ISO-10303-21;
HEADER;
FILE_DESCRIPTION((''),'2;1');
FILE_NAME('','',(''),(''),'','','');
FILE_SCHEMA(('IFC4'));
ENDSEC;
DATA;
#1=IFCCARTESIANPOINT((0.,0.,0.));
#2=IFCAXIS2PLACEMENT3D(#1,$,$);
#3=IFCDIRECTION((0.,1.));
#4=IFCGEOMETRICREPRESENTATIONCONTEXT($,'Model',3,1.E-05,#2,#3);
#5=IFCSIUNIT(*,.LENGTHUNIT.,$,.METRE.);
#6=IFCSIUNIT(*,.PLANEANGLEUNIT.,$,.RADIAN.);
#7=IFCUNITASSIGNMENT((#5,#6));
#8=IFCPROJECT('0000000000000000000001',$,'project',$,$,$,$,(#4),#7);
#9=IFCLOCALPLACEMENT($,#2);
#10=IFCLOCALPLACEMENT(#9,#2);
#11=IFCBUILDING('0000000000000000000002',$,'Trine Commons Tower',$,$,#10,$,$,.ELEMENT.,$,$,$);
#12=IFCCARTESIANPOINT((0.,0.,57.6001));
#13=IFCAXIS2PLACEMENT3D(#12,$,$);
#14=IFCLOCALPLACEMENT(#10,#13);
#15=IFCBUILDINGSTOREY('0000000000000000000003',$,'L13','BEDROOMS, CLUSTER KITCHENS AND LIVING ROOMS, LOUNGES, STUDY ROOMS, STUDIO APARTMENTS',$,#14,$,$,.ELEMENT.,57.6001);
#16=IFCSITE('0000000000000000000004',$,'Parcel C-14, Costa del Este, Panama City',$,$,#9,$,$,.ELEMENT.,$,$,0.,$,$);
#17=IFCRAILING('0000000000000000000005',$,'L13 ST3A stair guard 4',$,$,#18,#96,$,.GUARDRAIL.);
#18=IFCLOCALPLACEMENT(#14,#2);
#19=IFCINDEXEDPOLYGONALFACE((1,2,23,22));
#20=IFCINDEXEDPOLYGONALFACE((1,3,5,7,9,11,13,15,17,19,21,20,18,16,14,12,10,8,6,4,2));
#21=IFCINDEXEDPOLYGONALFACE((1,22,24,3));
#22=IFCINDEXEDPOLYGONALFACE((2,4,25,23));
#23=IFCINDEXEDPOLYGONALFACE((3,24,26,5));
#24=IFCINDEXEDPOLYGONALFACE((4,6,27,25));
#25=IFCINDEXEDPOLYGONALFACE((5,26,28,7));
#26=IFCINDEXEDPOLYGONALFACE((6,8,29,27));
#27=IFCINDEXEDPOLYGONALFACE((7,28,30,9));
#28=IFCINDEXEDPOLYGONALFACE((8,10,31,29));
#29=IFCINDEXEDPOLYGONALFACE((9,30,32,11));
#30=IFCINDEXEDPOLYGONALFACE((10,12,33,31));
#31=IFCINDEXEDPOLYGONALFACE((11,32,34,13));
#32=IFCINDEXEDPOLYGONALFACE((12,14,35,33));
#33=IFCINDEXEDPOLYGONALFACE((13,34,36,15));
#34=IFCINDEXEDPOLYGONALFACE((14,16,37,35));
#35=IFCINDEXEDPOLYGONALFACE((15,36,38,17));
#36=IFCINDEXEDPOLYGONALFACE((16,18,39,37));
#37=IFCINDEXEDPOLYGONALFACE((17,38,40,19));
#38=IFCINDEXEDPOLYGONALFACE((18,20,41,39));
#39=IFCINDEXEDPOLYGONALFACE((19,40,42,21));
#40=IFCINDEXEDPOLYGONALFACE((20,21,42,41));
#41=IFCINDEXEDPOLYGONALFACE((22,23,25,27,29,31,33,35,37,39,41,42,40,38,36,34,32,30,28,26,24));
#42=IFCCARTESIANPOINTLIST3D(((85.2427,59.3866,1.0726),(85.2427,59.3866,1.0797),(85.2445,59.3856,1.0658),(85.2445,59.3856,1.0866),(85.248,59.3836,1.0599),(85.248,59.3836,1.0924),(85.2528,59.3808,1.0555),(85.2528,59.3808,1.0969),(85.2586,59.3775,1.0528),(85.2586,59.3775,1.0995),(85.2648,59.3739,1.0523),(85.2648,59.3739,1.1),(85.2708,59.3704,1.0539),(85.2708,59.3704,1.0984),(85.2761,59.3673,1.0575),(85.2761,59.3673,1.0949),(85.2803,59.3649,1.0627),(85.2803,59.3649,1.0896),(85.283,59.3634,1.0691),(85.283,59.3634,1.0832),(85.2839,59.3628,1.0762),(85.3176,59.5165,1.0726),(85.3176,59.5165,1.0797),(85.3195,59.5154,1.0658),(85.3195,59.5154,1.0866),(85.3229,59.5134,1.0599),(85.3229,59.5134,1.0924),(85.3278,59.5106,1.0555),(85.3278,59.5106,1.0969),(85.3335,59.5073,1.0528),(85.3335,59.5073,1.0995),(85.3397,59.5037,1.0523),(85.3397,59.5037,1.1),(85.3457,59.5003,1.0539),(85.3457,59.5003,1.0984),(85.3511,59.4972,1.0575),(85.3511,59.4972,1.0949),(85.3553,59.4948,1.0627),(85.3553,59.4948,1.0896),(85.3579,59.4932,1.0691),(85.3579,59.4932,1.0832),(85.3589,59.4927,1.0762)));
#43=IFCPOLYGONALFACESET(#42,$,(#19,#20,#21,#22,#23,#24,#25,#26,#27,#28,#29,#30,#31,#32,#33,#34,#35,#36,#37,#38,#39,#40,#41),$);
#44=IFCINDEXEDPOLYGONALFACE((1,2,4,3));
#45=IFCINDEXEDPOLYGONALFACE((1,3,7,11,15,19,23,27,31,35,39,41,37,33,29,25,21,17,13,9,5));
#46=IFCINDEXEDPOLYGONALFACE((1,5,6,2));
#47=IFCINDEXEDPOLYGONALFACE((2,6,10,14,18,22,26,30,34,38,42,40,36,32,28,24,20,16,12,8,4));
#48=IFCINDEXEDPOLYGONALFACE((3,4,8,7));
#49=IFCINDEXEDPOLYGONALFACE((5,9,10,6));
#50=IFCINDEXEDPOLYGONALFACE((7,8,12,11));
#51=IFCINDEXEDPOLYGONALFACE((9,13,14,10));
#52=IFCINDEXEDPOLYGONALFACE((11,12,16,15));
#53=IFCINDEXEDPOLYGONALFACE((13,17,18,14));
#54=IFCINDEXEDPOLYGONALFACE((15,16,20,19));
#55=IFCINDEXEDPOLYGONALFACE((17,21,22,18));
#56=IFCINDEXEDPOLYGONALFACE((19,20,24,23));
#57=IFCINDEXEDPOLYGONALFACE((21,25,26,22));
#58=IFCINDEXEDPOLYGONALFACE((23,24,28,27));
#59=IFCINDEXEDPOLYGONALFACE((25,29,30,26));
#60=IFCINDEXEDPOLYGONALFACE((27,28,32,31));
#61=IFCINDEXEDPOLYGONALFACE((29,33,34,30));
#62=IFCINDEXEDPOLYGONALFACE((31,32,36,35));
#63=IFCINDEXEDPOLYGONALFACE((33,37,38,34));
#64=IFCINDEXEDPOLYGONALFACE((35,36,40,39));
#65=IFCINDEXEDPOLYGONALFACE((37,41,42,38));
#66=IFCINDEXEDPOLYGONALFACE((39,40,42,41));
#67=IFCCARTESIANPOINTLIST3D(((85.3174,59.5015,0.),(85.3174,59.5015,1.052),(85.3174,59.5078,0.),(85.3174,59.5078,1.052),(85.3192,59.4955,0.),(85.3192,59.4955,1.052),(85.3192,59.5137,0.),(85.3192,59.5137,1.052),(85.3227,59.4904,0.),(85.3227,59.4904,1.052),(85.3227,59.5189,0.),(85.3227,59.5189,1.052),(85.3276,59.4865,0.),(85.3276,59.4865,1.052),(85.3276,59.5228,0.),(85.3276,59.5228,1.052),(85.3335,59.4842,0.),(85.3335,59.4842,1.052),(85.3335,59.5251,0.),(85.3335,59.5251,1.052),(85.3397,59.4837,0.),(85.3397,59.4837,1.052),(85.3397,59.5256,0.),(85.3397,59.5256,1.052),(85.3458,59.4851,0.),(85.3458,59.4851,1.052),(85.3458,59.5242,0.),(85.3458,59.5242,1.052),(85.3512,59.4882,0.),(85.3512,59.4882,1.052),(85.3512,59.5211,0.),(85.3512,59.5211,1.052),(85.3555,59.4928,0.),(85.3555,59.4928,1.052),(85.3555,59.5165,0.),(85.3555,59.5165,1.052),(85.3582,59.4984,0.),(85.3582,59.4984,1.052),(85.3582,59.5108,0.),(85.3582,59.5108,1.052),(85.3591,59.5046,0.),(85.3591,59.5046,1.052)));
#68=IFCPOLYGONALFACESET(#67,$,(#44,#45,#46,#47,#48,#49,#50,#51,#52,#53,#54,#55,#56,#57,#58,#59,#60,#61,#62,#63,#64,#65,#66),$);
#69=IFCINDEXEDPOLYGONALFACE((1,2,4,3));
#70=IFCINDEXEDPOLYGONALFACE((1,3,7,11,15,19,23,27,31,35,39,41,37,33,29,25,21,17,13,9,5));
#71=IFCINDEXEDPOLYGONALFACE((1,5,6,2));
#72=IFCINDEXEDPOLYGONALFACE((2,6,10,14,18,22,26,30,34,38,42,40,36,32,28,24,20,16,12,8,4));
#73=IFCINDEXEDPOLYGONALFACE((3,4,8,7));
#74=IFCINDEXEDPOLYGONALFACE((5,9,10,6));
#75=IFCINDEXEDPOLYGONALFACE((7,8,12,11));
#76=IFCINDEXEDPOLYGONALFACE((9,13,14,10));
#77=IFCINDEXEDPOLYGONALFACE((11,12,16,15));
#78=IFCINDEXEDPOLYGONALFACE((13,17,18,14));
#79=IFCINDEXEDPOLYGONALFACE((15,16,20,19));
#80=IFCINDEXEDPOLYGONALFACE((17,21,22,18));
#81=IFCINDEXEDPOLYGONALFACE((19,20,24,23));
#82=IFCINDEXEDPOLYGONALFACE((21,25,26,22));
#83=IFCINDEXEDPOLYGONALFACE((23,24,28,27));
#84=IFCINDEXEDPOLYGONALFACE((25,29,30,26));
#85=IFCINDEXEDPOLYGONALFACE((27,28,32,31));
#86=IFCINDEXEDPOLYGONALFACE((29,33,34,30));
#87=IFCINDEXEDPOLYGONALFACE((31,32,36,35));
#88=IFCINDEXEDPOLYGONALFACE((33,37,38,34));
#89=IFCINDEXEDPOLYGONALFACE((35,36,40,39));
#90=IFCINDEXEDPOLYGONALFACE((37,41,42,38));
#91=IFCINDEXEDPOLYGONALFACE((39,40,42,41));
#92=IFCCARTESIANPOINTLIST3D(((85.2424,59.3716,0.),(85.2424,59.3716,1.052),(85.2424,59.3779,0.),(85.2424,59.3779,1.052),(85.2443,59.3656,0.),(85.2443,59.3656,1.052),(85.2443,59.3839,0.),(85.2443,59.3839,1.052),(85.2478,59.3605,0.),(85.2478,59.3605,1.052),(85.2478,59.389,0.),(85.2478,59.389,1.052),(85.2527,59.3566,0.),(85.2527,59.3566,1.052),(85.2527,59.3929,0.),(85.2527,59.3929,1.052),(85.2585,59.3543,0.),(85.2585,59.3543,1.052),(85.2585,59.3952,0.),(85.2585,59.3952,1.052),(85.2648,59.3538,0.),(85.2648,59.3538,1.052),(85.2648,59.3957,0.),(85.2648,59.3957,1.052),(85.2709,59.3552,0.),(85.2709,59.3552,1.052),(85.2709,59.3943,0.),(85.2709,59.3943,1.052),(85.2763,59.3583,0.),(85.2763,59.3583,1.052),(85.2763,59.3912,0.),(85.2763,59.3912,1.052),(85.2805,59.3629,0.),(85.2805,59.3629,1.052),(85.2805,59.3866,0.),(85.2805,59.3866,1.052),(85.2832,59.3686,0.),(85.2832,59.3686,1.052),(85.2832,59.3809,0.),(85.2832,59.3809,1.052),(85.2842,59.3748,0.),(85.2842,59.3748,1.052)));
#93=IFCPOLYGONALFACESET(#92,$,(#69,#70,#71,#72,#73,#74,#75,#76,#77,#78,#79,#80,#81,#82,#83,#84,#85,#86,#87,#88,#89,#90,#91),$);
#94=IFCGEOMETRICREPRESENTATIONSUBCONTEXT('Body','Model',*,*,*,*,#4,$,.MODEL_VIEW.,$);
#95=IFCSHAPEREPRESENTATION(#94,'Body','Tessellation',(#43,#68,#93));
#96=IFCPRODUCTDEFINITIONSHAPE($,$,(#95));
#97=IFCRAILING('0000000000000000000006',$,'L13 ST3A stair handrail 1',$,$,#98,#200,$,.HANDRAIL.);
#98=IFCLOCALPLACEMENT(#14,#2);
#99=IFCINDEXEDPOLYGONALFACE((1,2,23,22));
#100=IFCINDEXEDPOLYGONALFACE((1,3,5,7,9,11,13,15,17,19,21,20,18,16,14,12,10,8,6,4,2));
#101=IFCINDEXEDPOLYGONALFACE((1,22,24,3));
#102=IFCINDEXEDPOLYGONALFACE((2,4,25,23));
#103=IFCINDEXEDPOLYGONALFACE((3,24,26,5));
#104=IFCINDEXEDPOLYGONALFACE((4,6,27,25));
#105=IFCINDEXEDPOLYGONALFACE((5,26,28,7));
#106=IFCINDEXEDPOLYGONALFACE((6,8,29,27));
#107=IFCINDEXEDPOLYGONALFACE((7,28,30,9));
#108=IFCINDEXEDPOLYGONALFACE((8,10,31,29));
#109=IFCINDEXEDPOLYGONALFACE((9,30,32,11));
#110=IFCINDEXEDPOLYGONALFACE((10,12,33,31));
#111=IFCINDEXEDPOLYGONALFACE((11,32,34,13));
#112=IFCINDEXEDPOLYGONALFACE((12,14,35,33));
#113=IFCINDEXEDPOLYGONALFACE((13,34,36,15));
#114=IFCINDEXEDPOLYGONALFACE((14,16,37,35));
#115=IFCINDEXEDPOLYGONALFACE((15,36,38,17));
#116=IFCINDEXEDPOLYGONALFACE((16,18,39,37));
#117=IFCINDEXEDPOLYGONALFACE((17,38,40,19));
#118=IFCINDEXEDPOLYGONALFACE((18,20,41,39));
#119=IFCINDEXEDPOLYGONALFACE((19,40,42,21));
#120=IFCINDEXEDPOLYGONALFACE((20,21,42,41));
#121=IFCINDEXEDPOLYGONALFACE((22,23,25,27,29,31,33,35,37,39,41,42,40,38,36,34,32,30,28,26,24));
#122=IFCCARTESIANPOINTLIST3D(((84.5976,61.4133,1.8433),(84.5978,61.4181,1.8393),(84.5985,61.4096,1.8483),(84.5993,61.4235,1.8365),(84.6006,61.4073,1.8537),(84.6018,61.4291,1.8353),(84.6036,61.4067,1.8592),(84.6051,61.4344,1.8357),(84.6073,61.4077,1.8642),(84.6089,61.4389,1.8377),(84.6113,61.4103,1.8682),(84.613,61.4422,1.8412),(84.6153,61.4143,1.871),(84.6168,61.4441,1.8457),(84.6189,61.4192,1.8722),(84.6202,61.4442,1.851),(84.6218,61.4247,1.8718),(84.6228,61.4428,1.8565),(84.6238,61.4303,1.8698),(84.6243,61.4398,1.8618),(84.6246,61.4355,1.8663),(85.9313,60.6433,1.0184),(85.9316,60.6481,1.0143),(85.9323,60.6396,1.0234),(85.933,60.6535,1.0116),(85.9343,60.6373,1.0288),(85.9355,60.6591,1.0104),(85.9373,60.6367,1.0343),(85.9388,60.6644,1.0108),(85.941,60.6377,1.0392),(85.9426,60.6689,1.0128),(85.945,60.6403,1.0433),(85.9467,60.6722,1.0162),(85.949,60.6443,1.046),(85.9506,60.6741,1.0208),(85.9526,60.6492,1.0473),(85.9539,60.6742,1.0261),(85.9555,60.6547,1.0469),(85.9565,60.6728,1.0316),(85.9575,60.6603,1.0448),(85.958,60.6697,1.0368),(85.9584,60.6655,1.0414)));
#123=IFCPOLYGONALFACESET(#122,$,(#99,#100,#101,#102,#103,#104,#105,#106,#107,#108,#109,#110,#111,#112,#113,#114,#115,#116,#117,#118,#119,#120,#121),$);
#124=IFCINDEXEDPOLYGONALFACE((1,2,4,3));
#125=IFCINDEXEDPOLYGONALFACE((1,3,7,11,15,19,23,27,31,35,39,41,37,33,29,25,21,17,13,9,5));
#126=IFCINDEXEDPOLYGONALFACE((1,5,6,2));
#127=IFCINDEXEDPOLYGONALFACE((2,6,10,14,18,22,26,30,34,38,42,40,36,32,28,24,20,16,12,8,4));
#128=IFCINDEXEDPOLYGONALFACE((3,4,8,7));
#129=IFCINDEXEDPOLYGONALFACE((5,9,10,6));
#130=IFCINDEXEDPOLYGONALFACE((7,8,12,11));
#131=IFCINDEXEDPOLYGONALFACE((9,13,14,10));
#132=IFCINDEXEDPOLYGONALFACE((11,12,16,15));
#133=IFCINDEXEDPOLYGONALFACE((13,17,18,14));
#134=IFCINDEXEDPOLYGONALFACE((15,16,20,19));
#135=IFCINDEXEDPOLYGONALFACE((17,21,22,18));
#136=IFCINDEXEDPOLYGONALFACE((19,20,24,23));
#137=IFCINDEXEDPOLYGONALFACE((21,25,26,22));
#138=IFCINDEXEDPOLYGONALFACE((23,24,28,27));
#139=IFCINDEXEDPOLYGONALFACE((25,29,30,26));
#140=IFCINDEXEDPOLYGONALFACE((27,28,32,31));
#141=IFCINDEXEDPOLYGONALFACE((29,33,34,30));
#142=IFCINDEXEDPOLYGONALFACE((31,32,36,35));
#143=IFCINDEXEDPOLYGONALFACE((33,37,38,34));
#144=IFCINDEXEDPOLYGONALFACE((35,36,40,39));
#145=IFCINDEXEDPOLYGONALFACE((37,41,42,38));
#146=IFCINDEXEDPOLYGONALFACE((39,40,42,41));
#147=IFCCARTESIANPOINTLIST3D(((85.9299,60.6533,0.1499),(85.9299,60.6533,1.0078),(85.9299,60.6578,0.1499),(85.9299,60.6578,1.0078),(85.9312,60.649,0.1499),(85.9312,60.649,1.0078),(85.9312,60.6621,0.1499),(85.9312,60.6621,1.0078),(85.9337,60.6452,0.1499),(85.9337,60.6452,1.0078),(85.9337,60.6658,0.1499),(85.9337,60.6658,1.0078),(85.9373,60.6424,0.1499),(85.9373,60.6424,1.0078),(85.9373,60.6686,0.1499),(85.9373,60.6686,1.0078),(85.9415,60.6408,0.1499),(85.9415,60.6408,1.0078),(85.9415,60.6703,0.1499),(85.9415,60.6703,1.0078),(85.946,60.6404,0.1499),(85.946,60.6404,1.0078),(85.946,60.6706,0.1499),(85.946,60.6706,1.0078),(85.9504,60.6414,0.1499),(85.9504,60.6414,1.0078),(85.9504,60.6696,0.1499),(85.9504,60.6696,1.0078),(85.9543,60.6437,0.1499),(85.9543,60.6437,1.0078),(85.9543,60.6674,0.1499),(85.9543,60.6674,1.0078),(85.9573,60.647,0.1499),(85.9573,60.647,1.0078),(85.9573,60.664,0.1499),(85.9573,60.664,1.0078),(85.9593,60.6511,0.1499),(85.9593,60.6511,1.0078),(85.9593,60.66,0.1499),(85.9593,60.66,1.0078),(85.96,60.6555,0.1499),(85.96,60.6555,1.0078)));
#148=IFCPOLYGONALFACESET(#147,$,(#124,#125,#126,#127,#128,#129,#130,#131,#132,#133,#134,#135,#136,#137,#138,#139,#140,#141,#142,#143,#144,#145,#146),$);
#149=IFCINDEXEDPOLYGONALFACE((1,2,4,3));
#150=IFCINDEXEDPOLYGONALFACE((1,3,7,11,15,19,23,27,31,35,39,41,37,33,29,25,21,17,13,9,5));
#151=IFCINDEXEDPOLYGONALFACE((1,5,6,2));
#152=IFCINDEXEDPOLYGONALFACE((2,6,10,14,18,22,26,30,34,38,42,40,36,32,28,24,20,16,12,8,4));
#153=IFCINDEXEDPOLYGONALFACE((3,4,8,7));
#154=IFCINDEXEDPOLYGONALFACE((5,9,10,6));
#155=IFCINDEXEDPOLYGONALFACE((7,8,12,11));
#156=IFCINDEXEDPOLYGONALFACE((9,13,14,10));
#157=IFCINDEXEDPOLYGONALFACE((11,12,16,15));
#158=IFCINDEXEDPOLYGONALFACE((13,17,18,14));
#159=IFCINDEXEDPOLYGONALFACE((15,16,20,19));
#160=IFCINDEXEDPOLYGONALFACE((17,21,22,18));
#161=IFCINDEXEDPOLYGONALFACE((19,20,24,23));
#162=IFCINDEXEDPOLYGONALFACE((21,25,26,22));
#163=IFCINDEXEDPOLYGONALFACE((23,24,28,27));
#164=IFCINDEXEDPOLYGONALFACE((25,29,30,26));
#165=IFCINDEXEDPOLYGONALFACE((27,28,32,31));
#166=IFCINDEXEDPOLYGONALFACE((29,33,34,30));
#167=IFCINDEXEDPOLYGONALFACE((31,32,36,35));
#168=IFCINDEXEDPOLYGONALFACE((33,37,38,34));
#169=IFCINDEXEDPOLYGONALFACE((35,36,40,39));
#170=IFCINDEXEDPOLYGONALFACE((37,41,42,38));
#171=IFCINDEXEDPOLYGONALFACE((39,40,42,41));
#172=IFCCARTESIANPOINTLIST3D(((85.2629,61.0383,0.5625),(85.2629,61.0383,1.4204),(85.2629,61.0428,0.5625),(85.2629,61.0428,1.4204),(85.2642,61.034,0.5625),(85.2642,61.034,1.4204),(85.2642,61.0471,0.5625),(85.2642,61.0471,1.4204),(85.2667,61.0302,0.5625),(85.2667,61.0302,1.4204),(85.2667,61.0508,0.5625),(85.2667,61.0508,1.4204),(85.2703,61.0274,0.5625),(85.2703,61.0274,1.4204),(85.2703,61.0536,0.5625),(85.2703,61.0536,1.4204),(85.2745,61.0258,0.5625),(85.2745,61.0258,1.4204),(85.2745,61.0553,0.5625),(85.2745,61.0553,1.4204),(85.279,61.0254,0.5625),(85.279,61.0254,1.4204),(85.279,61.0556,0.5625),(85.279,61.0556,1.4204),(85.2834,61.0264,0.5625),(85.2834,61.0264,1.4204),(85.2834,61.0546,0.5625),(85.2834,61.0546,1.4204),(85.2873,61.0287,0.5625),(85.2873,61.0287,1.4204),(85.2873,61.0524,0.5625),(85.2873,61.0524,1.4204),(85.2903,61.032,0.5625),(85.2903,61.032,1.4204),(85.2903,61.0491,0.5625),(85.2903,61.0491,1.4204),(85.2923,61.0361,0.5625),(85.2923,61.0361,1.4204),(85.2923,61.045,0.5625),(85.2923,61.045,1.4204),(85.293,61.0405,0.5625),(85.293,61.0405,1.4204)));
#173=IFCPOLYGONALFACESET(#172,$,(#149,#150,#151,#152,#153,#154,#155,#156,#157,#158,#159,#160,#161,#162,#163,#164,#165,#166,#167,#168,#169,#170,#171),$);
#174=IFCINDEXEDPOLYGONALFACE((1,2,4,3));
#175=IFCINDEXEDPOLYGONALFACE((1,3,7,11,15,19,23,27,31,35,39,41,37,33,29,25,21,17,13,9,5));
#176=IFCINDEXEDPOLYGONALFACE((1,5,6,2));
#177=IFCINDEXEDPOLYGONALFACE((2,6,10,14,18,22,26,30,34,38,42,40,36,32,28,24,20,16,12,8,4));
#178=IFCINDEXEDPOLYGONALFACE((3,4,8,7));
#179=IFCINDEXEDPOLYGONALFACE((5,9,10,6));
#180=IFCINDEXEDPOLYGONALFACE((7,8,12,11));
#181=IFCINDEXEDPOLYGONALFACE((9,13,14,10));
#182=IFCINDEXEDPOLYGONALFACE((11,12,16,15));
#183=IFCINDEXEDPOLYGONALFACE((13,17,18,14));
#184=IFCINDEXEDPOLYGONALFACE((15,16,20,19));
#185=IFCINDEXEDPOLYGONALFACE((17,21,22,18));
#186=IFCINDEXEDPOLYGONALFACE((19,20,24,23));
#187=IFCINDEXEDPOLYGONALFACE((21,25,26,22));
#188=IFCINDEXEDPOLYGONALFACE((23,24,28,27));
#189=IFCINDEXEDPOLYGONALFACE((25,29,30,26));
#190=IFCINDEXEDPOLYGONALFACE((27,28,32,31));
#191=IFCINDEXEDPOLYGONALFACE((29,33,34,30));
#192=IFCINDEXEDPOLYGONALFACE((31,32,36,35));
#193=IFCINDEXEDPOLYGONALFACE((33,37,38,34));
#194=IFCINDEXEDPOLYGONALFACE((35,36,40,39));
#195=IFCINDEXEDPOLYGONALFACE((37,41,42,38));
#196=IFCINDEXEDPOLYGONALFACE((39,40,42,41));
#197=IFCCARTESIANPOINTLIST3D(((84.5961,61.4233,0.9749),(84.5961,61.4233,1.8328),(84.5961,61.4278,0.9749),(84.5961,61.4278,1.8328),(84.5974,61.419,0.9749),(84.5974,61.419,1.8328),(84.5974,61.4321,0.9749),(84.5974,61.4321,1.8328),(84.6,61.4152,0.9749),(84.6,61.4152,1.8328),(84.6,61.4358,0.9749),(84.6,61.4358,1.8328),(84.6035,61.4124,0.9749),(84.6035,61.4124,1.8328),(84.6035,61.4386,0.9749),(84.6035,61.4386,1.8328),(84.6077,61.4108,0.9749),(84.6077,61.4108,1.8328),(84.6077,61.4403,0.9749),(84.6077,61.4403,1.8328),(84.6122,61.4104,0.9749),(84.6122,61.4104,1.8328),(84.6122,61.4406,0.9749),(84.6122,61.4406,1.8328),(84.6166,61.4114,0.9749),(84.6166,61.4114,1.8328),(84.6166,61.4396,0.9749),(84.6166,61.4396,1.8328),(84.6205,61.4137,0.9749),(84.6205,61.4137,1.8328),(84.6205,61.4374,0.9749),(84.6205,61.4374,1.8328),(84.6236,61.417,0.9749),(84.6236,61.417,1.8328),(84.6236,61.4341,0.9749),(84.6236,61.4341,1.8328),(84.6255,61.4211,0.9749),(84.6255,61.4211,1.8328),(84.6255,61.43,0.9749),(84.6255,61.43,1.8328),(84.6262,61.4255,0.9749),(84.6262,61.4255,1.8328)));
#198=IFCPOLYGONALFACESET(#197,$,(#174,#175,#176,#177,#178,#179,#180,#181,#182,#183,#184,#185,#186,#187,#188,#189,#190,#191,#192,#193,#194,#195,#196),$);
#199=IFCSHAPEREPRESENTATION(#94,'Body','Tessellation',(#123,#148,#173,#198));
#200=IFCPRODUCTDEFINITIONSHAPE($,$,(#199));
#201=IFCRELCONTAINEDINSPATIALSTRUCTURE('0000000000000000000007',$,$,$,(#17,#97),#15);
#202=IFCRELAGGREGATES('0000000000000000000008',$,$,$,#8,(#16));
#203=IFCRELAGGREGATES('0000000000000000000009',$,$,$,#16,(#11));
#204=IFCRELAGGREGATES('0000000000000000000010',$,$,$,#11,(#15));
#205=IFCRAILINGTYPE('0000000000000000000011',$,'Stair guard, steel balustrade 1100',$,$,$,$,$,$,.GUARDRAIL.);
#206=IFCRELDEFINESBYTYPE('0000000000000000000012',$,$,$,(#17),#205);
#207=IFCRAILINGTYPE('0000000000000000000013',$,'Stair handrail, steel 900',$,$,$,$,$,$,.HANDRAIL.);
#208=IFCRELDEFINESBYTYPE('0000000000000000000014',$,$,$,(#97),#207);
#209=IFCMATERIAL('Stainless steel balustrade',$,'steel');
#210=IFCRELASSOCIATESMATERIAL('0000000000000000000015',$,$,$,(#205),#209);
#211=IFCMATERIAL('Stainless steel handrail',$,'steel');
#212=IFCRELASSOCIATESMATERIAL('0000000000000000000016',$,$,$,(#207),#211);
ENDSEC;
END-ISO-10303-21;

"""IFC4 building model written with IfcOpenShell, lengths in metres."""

from ifc_helpers import new_model, si_unit, direction, frame, origin, origin_2d, place, context, subcontext, project, spatial, circle, extrude, material, type_object, element, save


model = new_model("IFC4")

# Units and contexts
model_context = context("Model", 3, precision=1e-05, world=origin(), true_north=direction((0.0, 1.0)))
body_context = subcontext(model_context, "Body", "Model", "MODEL_VIEW")
ifc_project = project(units=[si_unit("LENGTHUNIT", "METRE"), si_unit("PLANEANGLEUNIT", "RADIAN")], contexts=[model_context])

# Site, building, storey
site_placement = place(None, origin())
site = spatial("IfcSite", under=ifc_project, at=site_placement, Name="Parcel C-14, Costa del Este, Panama City", CompositionType="ELEMENT", RefElevation=0.0)
building_placement = place(site_placement, origin())
building = spatial("IfcBuilding", under=site, at=building_placement, Name="Trine Commons Tower", CompositionType="ELEMENT")
storey_placement = place(building_placement, frame((0.0, 0.0, 57.6001)))
storey = spatial("IfcBuildingStorey", under=building, at=storey_placement, Name="L13", Description="BEDROOMS, CLUSTER KITCHENS AND LIVING ROOMS, LOUNGES, STUDY ROOMS, STUDIO APARTMENTS", CompositionType="ELEMENT", Elevation=57.6001)

# Railings
ifc_material_1 = material(Name="Stainless steel balustrade", Category="steel")
railing_type_1 = type_object("IfcRailingType", Name="Stair guard, steel balustrade 1100", PredefinedType="GUARDRAIL", material=ifc_material_1)
railing_1_placement = place(storey_placement, frame((85.3381, 59.5046, 0.0)))
element("IfcRailing", 1, at=railing_1_placement, inside=storey, type_object=railing_type_1, Name="L13 ST3A stair guard 4", PredefinedType="GUARDRAIL", context=body_context, shape_type="SweptSolid", body=[
    extrude(circle(Radius=0.0239, at=origin_2d()), frame((0.0, 0.0, 1.0762), z_axis=(-0.499816, -0.866131, 0.0), x_axis=(0.866131, -0.499816, 0.0)), (0.0, 0.0, 1.0), 0.1499),
    extrude(circle(Radius=0.021, at=origin_2d()), origin(), (0.0, 0.0, 1.0), 1.052),
    extrude(circle(Radius=0.021, at=origin_2d()), frame((-0.075, -0.1299, 0.0)), (0.0, 0.0, 1.0), 1.052),
])
ifc_material_2 = material(Name="Stainless steel handrail", Category="steel")
railing_type_2 = type_object("IfcRailingType", Name="Stair handrail, steel 900", PredefinedType="HANDRAIL", material=ifc_material_2)
for number, where, name in (
    (2, (85.9448, 60.6555, 0.1499), "L13 ST3A stair handrail 1"),
):
    element("IfcRailing", number, at=place(storey_placement, frame(where)), inside=storey, type_object=railing_type_2, Name=name, PredefinedType="HANDRAIL", context=body_context, shape_type="SweptSolid", body=[
        extrude(circle(Radius=0.021, at=origin_2d()), frame((0.0, 0.0, 0.8789), z_axis=(-0.763405, 0.440743, 0.472185), x_axis=(-0.499992, -0.86603, 0.0)), (0.0, 0.0, 1.0), 1.7471),
        extrude(circle(Radius=0.0151, at=origin_2d()), origin(), (0.0, 0.0, 1.0), 0.8579),
        extrude(circle(Radius=0.0151, at=origin_2d()), frame((-0.667, 0.385, 0.4126)), (0.0, 0.0, 1.0), 0.8579),
        extrude(circle(Radius=0.0151, at=origin_2d()), frame((-1.3337, 0.77, 0.825)), (0.0, 0.0, 1.0), 0.8579),
    ])

save(model, "model.ifc")
